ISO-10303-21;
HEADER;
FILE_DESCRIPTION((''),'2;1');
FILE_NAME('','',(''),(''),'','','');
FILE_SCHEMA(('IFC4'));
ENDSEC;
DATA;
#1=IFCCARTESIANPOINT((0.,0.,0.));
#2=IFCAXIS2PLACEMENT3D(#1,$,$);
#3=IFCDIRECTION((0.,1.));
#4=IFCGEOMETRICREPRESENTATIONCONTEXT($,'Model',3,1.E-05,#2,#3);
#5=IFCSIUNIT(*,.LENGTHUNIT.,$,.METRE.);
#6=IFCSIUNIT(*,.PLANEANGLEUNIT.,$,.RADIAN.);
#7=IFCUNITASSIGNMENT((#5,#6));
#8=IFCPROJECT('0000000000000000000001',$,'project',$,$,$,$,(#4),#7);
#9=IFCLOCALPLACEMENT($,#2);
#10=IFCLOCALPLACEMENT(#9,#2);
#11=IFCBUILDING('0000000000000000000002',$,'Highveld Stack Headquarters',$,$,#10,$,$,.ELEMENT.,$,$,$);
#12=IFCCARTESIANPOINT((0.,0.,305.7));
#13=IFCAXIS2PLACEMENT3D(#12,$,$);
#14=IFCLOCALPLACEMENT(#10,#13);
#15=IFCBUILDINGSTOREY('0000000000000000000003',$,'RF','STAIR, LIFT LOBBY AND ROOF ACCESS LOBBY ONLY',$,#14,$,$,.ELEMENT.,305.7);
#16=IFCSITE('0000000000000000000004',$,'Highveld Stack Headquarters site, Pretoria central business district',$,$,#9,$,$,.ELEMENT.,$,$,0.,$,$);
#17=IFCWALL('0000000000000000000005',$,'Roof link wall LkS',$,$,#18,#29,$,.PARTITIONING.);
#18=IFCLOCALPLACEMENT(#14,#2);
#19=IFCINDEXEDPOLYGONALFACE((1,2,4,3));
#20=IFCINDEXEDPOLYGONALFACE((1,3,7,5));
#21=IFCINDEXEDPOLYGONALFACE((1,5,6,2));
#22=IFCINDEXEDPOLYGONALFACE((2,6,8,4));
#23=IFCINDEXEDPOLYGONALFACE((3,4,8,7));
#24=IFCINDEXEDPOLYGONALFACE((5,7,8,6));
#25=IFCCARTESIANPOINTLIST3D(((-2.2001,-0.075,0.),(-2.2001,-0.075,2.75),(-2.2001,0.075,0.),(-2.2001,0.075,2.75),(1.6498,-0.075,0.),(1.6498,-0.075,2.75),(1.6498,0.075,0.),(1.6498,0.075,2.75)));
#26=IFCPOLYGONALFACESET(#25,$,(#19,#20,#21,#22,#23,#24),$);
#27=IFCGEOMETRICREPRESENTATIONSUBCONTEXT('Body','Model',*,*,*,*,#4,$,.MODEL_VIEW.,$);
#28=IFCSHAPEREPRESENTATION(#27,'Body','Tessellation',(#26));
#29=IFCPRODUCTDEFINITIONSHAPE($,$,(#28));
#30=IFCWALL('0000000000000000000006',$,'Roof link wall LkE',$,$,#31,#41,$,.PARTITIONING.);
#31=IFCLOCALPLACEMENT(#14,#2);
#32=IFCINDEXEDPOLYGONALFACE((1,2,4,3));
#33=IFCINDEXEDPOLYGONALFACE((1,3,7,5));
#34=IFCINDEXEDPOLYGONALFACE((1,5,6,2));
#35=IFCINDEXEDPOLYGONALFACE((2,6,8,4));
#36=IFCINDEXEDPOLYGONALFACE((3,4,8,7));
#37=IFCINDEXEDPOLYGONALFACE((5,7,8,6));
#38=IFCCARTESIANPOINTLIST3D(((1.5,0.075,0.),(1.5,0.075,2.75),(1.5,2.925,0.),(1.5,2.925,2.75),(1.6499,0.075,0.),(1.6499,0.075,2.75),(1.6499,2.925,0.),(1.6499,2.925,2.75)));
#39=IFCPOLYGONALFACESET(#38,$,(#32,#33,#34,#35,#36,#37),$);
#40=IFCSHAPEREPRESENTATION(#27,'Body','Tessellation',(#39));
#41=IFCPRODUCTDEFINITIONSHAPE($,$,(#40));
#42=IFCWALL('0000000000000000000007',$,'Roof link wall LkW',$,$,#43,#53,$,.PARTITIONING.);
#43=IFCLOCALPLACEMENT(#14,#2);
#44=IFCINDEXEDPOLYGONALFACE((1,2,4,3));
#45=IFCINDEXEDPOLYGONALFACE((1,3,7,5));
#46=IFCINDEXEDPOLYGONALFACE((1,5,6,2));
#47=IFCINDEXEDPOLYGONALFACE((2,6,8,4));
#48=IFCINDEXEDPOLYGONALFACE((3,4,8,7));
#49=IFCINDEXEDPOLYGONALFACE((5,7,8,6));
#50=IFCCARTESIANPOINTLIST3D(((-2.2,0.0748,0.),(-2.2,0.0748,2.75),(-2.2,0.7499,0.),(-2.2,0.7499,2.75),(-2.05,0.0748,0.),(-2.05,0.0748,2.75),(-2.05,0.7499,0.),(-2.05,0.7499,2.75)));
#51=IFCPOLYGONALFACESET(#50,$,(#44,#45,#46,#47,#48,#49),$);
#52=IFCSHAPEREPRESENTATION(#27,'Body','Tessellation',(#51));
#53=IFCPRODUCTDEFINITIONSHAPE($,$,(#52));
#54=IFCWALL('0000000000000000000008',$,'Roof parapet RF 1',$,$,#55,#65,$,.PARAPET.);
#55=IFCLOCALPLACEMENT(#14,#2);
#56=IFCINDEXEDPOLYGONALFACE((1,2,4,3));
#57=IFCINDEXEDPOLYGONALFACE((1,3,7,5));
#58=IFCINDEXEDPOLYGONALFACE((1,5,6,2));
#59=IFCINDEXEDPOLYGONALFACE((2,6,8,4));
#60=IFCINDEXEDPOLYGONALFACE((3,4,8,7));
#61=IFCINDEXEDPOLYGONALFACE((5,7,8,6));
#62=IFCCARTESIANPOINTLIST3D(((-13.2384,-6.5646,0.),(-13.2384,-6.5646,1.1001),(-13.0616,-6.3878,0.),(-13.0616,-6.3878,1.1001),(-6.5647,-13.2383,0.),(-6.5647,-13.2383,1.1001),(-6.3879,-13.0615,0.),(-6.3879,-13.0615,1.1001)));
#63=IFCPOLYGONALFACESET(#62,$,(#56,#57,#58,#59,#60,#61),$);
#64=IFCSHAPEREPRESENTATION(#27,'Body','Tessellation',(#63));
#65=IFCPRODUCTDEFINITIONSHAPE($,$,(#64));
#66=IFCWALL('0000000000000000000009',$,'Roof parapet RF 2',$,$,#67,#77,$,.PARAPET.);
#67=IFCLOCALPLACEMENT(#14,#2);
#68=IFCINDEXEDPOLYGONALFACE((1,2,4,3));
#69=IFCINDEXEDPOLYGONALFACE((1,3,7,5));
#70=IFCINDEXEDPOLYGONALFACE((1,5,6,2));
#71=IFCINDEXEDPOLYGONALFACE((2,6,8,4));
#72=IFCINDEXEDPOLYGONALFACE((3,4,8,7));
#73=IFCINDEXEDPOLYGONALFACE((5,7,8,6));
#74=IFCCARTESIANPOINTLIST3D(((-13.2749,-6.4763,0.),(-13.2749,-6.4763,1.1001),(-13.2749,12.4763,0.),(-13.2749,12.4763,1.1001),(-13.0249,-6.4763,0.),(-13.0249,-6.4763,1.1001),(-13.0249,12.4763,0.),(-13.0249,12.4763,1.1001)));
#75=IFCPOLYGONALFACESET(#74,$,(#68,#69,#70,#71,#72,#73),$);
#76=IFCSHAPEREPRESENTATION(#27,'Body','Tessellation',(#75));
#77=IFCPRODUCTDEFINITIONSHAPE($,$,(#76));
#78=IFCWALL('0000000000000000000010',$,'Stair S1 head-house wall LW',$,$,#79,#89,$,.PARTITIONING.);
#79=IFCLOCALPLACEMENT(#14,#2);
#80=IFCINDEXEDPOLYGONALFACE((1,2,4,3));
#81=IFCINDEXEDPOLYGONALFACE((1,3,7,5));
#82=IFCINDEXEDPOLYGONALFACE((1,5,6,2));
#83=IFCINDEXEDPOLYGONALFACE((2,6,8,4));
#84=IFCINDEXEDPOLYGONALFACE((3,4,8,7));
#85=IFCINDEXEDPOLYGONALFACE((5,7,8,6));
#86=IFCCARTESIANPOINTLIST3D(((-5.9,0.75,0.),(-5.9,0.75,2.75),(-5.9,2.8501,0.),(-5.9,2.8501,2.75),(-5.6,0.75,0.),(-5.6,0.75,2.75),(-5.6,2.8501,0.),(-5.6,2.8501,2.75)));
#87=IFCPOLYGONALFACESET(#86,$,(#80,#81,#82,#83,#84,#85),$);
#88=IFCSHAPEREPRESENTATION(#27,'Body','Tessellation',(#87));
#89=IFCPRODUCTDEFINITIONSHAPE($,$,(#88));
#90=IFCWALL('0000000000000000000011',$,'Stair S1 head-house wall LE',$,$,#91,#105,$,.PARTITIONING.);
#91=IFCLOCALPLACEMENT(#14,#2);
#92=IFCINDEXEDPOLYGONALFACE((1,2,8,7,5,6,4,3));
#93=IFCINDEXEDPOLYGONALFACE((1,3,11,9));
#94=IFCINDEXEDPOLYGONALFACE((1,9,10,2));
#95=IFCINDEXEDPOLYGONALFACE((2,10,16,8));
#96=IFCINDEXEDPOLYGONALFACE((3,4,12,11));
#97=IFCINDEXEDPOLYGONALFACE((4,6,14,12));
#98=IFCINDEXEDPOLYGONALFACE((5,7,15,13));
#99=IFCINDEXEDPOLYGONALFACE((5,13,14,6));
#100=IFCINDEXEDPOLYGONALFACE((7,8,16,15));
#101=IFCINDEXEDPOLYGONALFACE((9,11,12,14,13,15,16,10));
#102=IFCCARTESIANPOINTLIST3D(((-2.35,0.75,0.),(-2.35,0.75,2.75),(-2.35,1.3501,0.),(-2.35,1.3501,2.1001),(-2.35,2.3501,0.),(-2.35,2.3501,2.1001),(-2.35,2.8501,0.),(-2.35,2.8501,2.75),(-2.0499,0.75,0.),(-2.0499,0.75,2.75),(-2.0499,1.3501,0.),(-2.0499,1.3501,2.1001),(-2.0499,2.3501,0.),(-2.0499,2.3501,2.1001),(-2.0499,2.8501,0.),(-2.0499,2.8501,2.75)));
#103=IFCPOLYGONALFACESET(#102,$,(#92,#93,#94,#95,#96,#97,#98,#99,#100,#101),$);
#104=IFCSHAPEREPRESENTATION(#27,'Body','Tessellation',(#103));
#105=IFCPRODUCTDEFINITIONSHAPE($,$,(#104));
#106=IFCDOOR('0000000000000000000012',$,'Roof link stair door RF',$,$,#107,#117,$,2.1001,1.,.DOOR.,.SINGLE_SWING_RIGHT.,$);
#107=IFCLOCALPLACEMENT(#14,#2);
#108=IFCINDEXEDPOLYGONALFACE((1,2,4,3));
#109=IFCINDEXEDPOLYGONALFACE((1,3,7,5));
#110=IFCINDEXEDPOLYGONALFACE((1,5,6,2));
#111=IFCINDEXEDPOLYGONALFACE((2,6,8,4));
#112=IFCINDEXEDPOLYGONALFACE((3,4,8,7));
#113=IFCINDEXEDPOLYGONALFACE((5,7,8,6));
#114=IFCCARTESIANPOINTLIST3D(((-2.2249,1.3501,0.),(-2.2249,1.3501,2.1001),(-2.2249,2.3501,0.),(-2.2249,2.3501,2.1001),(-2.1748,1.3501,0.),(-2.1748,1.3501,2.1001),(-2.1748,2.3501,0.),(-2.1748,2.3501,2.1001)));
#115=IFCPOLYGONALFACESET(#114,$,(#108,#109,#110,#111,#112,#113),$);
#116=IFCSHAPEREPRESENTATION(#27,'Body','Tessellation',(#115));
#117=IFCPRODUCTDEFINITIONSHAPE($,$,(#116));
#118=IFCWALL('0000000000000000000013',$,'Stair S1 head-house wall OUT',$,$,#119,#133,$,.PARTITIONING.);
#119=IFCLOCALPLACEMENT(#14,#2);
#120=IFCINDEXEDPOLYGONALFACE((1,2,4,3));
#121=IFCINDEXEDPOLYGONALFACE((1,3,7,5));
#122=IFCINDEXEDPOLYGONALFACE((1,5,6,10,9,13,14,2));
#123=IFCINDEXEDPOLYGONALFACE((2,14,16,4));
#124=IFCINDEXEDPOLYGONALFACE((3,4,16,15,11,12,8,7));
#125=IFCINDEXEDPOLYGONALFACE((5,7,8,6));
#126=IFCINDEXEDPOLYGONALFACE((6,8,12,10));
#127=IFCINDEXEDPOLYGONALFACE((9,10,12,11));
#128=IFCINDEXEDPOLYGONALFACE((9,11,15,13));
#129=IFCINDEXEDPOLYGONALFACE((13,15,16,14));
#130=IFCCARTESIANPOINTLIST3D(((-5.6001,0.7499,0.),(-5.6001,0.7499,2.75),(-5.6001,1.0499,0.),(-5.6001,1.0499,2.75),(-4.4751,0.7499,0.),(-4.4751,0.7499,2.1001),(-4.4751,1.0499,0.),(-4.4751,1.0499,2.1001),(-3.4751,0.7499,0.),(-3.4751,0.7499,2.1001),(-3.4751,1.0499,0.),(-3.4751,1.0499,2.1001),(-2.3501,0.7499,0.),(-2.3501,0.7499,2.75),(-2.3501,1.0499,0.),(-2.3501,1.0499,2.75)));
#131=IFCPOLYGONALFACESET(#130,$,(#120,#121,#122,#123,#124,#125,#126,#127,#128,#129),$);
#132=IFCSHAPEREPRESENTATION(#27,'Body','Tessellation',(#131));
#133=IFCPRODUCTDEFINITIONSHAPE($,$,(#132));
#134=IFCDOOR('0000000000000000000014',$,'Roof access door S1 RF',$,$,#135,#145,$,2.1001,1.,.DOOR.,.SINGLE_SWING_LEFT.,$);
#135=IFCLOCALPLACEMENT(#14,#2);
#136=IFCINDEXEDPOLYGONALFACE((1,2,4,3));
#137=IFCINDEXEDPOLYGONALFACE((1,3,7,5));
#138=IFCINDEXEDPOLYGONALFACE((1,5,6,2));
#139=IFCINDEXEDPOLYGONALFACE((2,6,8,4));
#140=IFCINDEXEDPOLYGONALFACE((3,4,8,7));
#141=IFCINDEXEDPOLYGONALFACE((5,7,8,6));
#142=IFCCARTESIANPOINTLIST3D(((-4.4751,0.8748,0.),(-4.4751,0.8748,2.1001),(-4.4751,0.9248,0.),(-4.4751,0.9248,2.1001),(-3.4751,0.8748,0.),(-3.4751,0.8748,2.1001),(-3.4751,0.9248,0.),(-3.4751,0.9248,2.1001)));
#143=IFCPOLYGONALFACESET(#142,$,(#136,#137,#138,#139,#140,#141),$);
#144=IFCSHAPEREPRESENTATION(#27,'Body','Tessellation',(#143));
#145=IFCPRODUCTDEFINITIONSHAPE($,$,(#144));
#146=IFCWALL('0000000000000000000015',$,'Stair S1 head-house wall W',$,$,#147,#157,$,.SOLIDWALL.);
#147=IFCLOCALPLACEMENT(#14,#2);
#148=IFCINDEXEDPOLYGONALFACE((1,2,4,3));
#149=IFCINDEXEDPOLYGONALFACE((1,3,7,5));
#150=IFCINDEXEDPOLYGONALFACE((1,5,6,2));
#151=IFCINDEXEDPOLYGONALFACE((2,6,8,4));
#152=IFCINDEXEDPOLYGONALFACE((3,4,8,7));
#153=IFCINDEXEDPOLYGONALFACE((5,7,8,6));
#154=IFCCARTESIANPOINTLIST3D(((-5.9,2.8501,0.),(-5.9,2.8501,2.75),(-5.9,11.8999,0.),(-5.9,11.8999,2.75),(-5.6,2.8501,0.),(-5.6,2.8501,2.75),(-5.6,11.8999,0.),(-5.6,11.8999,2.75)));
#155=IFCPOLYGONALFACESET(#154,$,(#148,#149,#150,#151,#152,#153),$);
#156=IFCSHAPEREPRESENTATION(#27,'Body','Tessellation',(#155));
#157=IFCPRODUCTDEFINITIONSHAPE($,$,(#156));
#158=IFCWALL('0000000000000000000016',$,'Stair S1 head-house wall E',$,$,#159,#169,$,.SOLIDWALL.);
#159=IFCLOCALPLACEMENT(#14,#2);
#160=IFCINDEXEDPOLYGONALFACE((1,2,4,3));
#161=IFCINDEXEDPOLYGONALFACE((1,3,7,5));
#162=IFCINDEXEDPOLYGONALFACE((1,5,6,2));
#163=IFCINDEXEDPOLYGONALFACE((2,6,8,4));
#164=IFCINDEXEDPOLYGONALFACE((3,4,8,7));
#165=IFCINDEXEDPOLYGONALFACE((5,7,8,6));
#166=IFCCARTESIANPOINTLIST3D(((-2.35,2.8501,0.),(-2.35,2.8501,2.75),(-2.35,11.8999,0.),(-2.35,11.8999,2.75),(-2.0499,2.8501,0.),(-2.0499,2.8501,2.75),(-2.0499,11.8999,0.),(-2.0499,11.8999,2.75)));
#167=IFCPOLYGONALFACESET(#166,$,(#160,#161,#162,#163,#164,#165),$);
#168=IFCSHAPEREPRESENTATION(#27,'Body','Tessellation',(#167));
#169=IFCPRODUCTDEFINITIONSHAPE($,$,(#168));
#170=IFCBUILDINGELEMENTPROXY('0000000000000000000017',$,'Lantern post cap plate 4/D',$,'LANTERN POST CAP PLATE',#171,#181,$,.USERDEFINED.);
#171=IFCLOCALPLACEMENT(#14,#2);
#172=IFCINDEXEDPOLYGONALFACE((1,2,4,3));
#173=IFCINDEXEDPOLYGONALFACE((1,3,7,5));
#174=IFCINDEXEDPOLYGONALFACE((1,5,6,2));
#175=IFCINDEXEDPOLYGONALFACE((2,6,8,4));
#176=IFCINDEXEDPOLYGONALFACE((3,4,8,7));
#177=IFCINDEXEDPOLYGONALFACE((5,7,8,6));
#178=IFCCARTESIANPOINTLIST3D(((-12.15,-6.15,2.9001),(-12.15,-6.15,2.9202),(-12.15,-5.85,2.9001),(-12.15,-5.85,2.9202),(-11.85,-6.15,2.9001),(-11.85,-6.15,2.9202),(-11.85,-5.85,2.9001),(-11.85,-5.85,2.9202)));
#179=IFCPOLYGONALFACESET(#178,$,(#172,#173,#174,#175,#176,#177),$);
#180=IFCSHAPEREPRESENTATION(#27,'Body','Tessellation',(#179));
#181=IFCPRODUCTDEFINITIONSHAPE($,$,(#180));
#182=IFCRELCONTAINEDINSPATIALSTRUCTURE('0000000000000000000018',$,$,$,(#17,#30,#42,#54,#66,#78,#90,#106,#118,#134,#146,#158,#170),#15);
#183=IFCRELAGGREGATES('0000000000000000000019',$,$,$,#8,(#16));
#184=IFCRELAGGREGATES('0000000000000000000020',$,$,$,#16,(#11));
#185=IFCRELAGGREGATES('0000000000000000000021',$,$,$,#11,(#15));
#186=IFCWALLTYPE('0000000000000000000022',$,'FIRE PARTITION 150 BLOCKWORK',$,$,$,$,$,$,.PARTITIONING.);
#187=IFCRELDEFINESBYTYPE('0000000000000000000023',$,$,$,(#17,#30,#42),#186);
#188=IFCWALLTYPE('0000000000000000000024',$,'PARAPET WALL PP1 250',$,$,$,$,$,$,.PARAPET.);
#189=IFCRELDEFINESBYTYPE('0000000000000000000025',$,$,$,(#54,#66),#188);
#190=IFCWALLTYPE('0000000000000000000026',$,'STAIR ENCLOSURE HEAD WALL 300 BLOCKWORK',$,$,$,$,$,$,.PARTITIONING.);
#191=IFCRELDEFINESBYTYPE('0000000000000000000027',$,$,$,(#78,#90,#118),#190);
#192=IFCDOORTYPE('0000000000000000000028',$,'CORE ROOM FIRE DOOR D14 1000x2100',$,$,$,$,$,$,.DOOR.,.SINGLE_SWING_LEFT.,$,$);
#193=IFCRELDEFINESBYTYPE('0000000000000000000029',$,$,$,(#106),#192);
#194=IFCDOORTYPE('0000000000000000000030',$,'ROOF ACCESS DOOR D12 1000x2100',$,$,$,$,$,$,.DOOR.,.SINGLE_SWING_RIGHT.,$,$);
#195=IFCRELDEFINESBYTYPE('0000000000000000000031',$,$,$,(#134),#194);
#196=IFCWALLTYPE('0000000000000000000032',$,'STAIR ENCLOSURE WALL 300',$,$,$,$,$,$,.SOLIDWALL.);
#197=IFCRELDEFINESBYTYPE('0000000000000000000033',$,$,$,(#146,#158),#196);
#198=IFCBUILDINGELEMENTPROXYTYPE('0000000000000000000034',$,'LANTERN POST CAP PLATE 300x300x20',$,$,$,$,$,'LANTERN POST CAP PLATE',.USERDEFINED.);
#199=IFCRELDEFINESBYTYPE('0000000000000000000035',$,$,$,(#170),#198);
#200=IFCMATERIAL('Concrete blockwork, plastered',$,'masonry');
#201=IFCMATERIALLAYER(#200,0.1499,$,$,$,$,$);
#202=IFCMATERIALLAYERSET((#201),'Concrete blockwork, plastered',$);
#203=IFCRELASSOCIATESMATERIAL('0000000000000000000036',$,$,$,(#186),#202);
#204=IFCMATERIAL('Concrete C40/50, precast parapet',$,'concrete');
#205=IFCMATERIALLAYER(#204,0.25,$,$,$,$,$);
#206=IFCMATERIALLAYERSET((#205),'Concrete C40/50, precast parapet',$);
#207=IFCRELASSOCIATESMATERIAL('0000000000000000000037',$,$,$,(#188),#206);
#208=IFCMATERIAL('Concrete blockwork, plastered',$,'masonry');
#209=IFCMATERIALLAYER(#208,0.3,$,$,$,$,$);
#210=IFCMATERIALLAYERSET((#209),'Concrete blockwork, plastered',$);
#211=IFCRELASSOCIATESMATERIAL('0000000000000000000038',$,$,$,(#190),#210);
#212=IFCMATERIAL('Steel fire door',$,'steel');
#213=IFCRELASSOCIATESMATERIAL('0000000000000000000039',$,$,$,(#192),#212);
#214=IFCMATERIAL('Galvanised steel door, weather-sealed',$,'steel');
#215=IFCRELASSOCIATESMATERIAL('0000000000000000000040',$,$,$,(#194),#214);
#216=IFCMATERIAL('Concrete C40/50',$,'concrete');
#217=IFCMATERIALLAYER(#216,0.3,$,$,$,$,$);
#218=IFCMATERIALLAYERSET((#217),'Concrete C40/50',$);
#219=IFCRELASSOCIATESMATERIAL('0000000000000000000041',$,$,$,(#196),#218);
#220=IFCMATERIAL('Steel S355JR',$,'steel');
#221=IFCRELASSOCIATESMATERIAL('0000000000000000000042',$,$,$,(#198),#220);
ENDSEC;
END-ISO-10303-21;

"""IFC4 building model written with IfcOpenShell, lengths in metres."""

from ifc_helpers import new_model, si_unit, direction, frame, frame_2d, origin, origin_2d, place, context, subcontext, project, spatial, rectangle, extrude, material, layer, layer_set, type_object, element, fill, save


model = new_model("IFC4")

# Units and contexts
model_context = context("Model", 3, precision=1e-05, world=origin(), true_north=direction((0.0, 1.0)))
body_context = subcontext(model_context, "Body", "Model", "MODEL_VIEW")
ifc_project = project(units=[si_unit("LENGTHUNIT", "METRE"), si_unit("PLANEANGLEUNIT", "RADIAN")], contexts=[model_context])

# Site, building, storey
site_placement = place(None, origin())
site = spatial("IfcSite", under=ifc_project, at=site_placement, Name="Highveld Stack Headquarters site, Pretoria central business district", CompositionType="ELEMENT", RefElevation=0.0)
building_placement = place(site_placement, origin())
building = spatial("IfcBuilding", under=site, at=building_placement, Name="Highveld Stack Headquarters", CompositionType="ELEMENT")
storey_placement = place(building_placement, frame((0.0, 0.0, 305.7)))
storey = spatial("IfcBuildingStorey", under=building, at=storey_placement, Name="RF", Description="STAIR, LIFT LOBBY AND ROOF ACCESS LOBBY ONLY", CompositionType="ELEMENT", Elevation=305.7)

# Walls
ifc_material_1 = material(Name="Concrete blockwork, plastered", Category="masonry")
ifc_layer_1 = layer(ifc_material_1, 0.1499)
ifc_layer_set_1 = layer_set([ifc_layer_1], Name="Concrete blockwork, plastered")
wall_type_1 = type_object("IfcWallType", Name="FIRE PARTITION 150 BLOCKWORK", PredefinedType="PARTITIONING", material=ifc_layer_set_1)
wall_1_placement = place(storey_placement, frame((-2.2, 0.0, 0.0), z_axis=(0.0, 0.0, 1.0), x_axis=(1.0, 0.0, 0.0)))
element("IfcWall", 1, at=wall_1_placement, inside=storey, type_object=wall_type_1, Name="Roof link wall LkS", PredefinedType="PARTITIONING", context=body_context, shape_type="SweptSolid", body=[
    extrude(rectangle(XDim=3.8499, YDim=0.1499, at=frame_2d((1.9248, 0.0))), origin(), (0.0, 0.0, 1.0), 2.75),
])
wall_2_placement = place(storey_placement, frame((1.575, 0.075, 0.0), z_axis=(0.0, 0.0, 1.0), x_axis=(0.0, 1.0, 0.0)))
element("IfcWall", 2, at=wall_2_placement, inside=storey, type_object=wall_type_1, Name="Roof link wall LkE", PredefinedType="PARTITIONING", context=body_context, shape_type="SweptSolid", body=[
    extrude(rectangle(XDim=2.8501, YDim=0.1499, at=frame_2d((1.425, 0.0))), origin(), (0.0, 0.0, 1.0), 2.75),
])
wall_3_placement = place(storey_placement, frame((-2.125, 0.075, 0.0), z_axis=(0.0, 0.0, 1.0), x_axis=(0.0, 1.0, 0.0)))
element("IfcWall", 3, at=wall_3_placement, inside=storey, type_object=wall_type_1, Name="Roof link wall LkW", PredefinedType="PARTITIONING", context=body_context, shape_type="SweptSolid", body=[
    extrude(rectangle(XDim=0.675, YDim=0.1499, at=frame_2d((0.3374, 0.0))), origin(), (0.0, 0.0, 1.0), 2.75),
])
ifc_material_2 = material(Name="Concrete C40/50, precast parapet", Category="concrete")
ifc_layer_2 = layer(ifc_material_2, 0.25)
ifc_layer_set_2 = layer_set([ifc_layer_2], Name="Concrete C40/50, precast parapet")
wall_type_2 = type_object("IfcWallType", Name="PARAPET WALL PP1 250", PredefinedType="PARAPET", material=ifc_layer_set_2)
wall_4_placement = place(storey_placement, frame((-6.4763, -13.1499, 0.0), z_axis=(0.0, 0.0, 1.0), x_axis=(-0.707107, 0.707107, 0.0)))
element("IfcWall", 4, at=wall_4_placement, inside=storey, type_object=wall_type_2, Name="Roof parapet RF 1", PredefinedType="PARAPET", context=body_context, shape_type="SweptSolid", body=[
    extrude(rectangle(XDim=9.438, YDim=0.25, at=frame_2d((4.719, 0.0))), origin(), (0.0, 0.0, 1.0), 1.1001),
])
wall_5_placement = place(storey_placement, frame((-13.1499, -6.4763, 0.0), z_axis=(0.0, 0.0, 1.0), x_axis=(0.0, 1.0, 0.0)))
element("IfcWall", 5, at=wall_5_placement, inside=storey, type_object=wall_type_2, Name="Roof parapet RF 2", PredefinedType="PARAPET", context=body_context, shape_type="SweptSolid", body=[
    extrude(rectangle(XDim=18.9526, YDim=0.25, at=frame_2d((9.4763, 0.0))), origin(), (0.0, 0.0, 1.0), 1.1001),
])
ifc_material_3 = material(Name="Concrete blockwork, plastered", Category="masonry")
ifc_layer_3 = layer(ifc_material_3, 0.3)
ifc_layer_set_3 = layer_set([ifc_layer_3], Name="Concrete blockwork, plastered")
wall_type_3 = type_object("IfcWallType", Name="STAIR ENCLOSURE HEAD WALL 300 BLOCKWORK", PredefinedType="PARTITIONING", material=ifc_layer_set_3)
wall_6_placement = place(storey_placement, frame((-5.75, 0.75, 0.0), z_axis=(0.0, 0.0, 1.0), x_axis=(0.0, 1.0, 0.0)))
element("IfcWall", 6, at=wall_6_placement, inside=storey, type_object=wall_type_3, Name="Stair S1 head-house wall LW", PredefinedType="PARTITIONING", context=body_context, shape_type="SweptSolid", body=[
    extrude(rectangle(XDim=2.1001, YDim=0.3, at=frame_2d((1.05, 0.0))), origin(), (0.0, 0.0, 1.0), 2.75),
])

# Walls, openings, doors
wall_7_placement = place(storey_placement, frame((-2.2, 0.75, 0.0), z_axis=(0.0, 0.0, 1.0), x_axis=(0.0, 1.0, 0.0)))
wall_7 = element("IfcWall", 7, at=wall_7_placement, inside=storey, type_object=wall_type_3, Name="Stair S1 head-house wall LE", PredefinedType="PARTITIONING", context=body_context, shape_type="SweptSolid", body=[
    extrude(rectangle(XDim=2.1001, YDim=0.3, at=frame_2d((1.05, 0.0))), origin(), (0.0, 0.0, 1.0), 2.75),
])
opening_1_placement = place(wall_7_placement, frame((0.6001, 0.0, 0.0)))
opening_1 = element("IfcOpeningElement", 8, at=opening_1_placement, cuts=wall_7, PredefinedType="OPENING", context=body_context, shape_type="SweptSolid", body=[
    extrude(rectangle(XDim=1.0, YDim=2.1001, at=frame_2d((0.5, 1.05))), frame((0.0, 0.1599, 0.0), z_axis=(0.0, -1.0, 0.0), x_axis=(1.0, 0.0, 0.0)), (0.0, 0.0, 1.0), 0.3201),
])
ifc_material_4 = material(Name="Steel fire door", Category="steel")
door_type_1 = type_object("IfcDoorType", Name="CORE ROOM FIRE DOOR D14 1000x2100", OperationType="SINGLE_SWING_LEFT", PredefinedType="DOOR", material=ifc_material_4)
door_1_placement = place(opening_1_placement, origin())
door_1 = element("IfcDoor", 9, at=door_1_placement, inside=storey, type_object=door_type_1, Name="Roof link stair door RF", OperationType="SINGLE_SWING_RIGHT", OverallHeight=2.1001, OverallWidth=1.0, PredefinedType="DOOR", context=body_context, shape_type="SweptSolid", body=[
    extrude(rectangle(XDim=1.0, YDim=2.1001, at=frame_2d((0.5, 1.05))), frame((0.0, 0.0249, 0.0), z_axis=(0.0, -1.0, 0.0), x_axis=(1.0, 0.0, 0.0)), (0.0, 0.0, 1.0), 0.05),
])
fill(opening_1, door_1)
wall_8_placement = place(storey_placement, frame((-5.6001, 0.8999, 0.0), z_axis=(0.0, 0.0, 1.0), x_axis=(1.0, 0.0, 0.0)))
wall_8 = element("IfcWall", 10, at=wall_8_placement, inside=storey, type_object=wall_type_3, Name="Stair S1 head-house wall OUT", PredefinedType="PARTITIONING", context=body_context, shape_type="SweptSolid", body=[
    extrude(rectangle(XDim=3.25, YDim=0.3, at=frame_2d((1.625, 0.0))), origin(), (0.0, 0.0, 1.0), 2.75),
])
opening_2_placement = place(wall_8_placement, frame((1.125, 0.0, 0.0)))
opening_2 = element("IfcOpeningElement", 11, at=opening_2_placement, cuts=wall_8, PredefinedType="OPENING", context=body_context, shape_type="SweptSolid", body=[
    extrude(rectangle(XDim=1.0, YDim=2.1001, at=frame_2d((0.5, 1.05))), frame((0.0, 0.1599, 0.0), z_axis=(0.0, -1.0, 0.0), x_axis=(1.0, 0.0, 0.0)), (0.0, 0.0, 1.0), 0.3201),
])
ifc_material_5 = material(Name="Galvanised steel door, weather-sealed", Category="steel")
door_type_2 = type_object("IfcDoorType", Name="ROOF ACCESS DOOR D12 1000x2100", OperationType="SINGLE_SWING_RIGHT", PredefinedType="DOOR", material=ifc_material_5)
door_2_placement = place(opening_2_placement, origin())
door_2 = element("IfcDoor", 12, at=door_2_placement, inside=storey, type_object=door_type_2, Name="Roof access door S1 RF", OperationType="SINGLE_SWING_LEFT", OverallHeight=2.1001, OverallWidth=1.0, PredefinedType="DOOR", context=body_context, shape_type="SweptSolid", body=[
    extrude(rectangle(XDim=1.0, YDim=2.1001, at=frame_2d((0.5, 1.05))), frame((0.0, 0.0249, 0.0), z_axis=(0.0, -1.0, 0.0), x_axis=(1.0, 0.0, 0.0)), (0.0, 0.0, 1.0), 0.05),
])
fill(opening_2, door_2)

# Walls
ifc_material_6 = material(Name="Concrete C40/50", Category="concrete")
ifc_layer_4 = layer(ifc_material_6, 0.3)
ifc_layer_set_4 = layer_set([ifc_layer_4], Name="Concrete C40/50")
wall_type_4 = type_object("IfcWallType", Name="STAIR ENCLOSURE WALL 300", PredefinedType="SOLIDWALL", material=ifc_layer_set_4)
for number, where, z_axis, x_axis, name in (
    (13, (-5.75, 2.8501, 0.0), (0.0, 0.0, 1.0), (0.0, 1.0, 0.0), "Stair S1 head-house wall W"),
    (14, (-2.2, 2.8501, 0.0), (0.0, 0.0, 1.0), (0.0, 1.0, 0.0), "Stair S1 head-house wall E"),
):
    element("IfcWall", number, at=place(storey_placement, frame(where, z_axis=z_axis, x_axis=x_axis)), inside=storey, type_object=wall_type_4, Name=name, PredefinedType="SOLIDWALL", context=body_context, shape_type="SweptSolid", body=[
        extrude(rectangle(XDim=9.0498, YDim=0.3, at=frame_2d((4.5249, 0.0))), origin(), (0.0, 0.0, 1.0), 2.75),
    ])

# Building element proxy
ifc_material_7 = material(Name="Steel S355JR", Category="steel")
building_element_proxy_type = type_object("IfcBuildingElementProxyType", Name="LANTERN POST CAP PLATE 300x300x20", ElementType="LANTERN POST CAP PLATE", PredefinedType="USERDEFINED", material=ifc_material_7)
for number, where, z_axis, x_axis, name in (
    (15, (-12.0, -6.0, 2.9001), (0.0, 0.0, 1.0), (1.0, 0.0, 0.0), "Lantern post cap plate 4/D"),
):
    element("IfcBuildingElementProxy", number, at=place(storey_placement, frame(where, z_axis=z_axis, x_axis=x_axis)), inside=storey, type_object=building_element_proxy_type, Name=name, ObjectType="LANTERN POST CAP PLATE", PredefinedType="USERDEFINED", context=body_context, shape_type="SweptSolid", body=[
        extrude(rectangle(XDim=0.3, YDim=0.3, at=origin_2d()), origin(), (0.0, 0.0, 1.0), 0.02),
    ])

save(model, "model.ifc")
